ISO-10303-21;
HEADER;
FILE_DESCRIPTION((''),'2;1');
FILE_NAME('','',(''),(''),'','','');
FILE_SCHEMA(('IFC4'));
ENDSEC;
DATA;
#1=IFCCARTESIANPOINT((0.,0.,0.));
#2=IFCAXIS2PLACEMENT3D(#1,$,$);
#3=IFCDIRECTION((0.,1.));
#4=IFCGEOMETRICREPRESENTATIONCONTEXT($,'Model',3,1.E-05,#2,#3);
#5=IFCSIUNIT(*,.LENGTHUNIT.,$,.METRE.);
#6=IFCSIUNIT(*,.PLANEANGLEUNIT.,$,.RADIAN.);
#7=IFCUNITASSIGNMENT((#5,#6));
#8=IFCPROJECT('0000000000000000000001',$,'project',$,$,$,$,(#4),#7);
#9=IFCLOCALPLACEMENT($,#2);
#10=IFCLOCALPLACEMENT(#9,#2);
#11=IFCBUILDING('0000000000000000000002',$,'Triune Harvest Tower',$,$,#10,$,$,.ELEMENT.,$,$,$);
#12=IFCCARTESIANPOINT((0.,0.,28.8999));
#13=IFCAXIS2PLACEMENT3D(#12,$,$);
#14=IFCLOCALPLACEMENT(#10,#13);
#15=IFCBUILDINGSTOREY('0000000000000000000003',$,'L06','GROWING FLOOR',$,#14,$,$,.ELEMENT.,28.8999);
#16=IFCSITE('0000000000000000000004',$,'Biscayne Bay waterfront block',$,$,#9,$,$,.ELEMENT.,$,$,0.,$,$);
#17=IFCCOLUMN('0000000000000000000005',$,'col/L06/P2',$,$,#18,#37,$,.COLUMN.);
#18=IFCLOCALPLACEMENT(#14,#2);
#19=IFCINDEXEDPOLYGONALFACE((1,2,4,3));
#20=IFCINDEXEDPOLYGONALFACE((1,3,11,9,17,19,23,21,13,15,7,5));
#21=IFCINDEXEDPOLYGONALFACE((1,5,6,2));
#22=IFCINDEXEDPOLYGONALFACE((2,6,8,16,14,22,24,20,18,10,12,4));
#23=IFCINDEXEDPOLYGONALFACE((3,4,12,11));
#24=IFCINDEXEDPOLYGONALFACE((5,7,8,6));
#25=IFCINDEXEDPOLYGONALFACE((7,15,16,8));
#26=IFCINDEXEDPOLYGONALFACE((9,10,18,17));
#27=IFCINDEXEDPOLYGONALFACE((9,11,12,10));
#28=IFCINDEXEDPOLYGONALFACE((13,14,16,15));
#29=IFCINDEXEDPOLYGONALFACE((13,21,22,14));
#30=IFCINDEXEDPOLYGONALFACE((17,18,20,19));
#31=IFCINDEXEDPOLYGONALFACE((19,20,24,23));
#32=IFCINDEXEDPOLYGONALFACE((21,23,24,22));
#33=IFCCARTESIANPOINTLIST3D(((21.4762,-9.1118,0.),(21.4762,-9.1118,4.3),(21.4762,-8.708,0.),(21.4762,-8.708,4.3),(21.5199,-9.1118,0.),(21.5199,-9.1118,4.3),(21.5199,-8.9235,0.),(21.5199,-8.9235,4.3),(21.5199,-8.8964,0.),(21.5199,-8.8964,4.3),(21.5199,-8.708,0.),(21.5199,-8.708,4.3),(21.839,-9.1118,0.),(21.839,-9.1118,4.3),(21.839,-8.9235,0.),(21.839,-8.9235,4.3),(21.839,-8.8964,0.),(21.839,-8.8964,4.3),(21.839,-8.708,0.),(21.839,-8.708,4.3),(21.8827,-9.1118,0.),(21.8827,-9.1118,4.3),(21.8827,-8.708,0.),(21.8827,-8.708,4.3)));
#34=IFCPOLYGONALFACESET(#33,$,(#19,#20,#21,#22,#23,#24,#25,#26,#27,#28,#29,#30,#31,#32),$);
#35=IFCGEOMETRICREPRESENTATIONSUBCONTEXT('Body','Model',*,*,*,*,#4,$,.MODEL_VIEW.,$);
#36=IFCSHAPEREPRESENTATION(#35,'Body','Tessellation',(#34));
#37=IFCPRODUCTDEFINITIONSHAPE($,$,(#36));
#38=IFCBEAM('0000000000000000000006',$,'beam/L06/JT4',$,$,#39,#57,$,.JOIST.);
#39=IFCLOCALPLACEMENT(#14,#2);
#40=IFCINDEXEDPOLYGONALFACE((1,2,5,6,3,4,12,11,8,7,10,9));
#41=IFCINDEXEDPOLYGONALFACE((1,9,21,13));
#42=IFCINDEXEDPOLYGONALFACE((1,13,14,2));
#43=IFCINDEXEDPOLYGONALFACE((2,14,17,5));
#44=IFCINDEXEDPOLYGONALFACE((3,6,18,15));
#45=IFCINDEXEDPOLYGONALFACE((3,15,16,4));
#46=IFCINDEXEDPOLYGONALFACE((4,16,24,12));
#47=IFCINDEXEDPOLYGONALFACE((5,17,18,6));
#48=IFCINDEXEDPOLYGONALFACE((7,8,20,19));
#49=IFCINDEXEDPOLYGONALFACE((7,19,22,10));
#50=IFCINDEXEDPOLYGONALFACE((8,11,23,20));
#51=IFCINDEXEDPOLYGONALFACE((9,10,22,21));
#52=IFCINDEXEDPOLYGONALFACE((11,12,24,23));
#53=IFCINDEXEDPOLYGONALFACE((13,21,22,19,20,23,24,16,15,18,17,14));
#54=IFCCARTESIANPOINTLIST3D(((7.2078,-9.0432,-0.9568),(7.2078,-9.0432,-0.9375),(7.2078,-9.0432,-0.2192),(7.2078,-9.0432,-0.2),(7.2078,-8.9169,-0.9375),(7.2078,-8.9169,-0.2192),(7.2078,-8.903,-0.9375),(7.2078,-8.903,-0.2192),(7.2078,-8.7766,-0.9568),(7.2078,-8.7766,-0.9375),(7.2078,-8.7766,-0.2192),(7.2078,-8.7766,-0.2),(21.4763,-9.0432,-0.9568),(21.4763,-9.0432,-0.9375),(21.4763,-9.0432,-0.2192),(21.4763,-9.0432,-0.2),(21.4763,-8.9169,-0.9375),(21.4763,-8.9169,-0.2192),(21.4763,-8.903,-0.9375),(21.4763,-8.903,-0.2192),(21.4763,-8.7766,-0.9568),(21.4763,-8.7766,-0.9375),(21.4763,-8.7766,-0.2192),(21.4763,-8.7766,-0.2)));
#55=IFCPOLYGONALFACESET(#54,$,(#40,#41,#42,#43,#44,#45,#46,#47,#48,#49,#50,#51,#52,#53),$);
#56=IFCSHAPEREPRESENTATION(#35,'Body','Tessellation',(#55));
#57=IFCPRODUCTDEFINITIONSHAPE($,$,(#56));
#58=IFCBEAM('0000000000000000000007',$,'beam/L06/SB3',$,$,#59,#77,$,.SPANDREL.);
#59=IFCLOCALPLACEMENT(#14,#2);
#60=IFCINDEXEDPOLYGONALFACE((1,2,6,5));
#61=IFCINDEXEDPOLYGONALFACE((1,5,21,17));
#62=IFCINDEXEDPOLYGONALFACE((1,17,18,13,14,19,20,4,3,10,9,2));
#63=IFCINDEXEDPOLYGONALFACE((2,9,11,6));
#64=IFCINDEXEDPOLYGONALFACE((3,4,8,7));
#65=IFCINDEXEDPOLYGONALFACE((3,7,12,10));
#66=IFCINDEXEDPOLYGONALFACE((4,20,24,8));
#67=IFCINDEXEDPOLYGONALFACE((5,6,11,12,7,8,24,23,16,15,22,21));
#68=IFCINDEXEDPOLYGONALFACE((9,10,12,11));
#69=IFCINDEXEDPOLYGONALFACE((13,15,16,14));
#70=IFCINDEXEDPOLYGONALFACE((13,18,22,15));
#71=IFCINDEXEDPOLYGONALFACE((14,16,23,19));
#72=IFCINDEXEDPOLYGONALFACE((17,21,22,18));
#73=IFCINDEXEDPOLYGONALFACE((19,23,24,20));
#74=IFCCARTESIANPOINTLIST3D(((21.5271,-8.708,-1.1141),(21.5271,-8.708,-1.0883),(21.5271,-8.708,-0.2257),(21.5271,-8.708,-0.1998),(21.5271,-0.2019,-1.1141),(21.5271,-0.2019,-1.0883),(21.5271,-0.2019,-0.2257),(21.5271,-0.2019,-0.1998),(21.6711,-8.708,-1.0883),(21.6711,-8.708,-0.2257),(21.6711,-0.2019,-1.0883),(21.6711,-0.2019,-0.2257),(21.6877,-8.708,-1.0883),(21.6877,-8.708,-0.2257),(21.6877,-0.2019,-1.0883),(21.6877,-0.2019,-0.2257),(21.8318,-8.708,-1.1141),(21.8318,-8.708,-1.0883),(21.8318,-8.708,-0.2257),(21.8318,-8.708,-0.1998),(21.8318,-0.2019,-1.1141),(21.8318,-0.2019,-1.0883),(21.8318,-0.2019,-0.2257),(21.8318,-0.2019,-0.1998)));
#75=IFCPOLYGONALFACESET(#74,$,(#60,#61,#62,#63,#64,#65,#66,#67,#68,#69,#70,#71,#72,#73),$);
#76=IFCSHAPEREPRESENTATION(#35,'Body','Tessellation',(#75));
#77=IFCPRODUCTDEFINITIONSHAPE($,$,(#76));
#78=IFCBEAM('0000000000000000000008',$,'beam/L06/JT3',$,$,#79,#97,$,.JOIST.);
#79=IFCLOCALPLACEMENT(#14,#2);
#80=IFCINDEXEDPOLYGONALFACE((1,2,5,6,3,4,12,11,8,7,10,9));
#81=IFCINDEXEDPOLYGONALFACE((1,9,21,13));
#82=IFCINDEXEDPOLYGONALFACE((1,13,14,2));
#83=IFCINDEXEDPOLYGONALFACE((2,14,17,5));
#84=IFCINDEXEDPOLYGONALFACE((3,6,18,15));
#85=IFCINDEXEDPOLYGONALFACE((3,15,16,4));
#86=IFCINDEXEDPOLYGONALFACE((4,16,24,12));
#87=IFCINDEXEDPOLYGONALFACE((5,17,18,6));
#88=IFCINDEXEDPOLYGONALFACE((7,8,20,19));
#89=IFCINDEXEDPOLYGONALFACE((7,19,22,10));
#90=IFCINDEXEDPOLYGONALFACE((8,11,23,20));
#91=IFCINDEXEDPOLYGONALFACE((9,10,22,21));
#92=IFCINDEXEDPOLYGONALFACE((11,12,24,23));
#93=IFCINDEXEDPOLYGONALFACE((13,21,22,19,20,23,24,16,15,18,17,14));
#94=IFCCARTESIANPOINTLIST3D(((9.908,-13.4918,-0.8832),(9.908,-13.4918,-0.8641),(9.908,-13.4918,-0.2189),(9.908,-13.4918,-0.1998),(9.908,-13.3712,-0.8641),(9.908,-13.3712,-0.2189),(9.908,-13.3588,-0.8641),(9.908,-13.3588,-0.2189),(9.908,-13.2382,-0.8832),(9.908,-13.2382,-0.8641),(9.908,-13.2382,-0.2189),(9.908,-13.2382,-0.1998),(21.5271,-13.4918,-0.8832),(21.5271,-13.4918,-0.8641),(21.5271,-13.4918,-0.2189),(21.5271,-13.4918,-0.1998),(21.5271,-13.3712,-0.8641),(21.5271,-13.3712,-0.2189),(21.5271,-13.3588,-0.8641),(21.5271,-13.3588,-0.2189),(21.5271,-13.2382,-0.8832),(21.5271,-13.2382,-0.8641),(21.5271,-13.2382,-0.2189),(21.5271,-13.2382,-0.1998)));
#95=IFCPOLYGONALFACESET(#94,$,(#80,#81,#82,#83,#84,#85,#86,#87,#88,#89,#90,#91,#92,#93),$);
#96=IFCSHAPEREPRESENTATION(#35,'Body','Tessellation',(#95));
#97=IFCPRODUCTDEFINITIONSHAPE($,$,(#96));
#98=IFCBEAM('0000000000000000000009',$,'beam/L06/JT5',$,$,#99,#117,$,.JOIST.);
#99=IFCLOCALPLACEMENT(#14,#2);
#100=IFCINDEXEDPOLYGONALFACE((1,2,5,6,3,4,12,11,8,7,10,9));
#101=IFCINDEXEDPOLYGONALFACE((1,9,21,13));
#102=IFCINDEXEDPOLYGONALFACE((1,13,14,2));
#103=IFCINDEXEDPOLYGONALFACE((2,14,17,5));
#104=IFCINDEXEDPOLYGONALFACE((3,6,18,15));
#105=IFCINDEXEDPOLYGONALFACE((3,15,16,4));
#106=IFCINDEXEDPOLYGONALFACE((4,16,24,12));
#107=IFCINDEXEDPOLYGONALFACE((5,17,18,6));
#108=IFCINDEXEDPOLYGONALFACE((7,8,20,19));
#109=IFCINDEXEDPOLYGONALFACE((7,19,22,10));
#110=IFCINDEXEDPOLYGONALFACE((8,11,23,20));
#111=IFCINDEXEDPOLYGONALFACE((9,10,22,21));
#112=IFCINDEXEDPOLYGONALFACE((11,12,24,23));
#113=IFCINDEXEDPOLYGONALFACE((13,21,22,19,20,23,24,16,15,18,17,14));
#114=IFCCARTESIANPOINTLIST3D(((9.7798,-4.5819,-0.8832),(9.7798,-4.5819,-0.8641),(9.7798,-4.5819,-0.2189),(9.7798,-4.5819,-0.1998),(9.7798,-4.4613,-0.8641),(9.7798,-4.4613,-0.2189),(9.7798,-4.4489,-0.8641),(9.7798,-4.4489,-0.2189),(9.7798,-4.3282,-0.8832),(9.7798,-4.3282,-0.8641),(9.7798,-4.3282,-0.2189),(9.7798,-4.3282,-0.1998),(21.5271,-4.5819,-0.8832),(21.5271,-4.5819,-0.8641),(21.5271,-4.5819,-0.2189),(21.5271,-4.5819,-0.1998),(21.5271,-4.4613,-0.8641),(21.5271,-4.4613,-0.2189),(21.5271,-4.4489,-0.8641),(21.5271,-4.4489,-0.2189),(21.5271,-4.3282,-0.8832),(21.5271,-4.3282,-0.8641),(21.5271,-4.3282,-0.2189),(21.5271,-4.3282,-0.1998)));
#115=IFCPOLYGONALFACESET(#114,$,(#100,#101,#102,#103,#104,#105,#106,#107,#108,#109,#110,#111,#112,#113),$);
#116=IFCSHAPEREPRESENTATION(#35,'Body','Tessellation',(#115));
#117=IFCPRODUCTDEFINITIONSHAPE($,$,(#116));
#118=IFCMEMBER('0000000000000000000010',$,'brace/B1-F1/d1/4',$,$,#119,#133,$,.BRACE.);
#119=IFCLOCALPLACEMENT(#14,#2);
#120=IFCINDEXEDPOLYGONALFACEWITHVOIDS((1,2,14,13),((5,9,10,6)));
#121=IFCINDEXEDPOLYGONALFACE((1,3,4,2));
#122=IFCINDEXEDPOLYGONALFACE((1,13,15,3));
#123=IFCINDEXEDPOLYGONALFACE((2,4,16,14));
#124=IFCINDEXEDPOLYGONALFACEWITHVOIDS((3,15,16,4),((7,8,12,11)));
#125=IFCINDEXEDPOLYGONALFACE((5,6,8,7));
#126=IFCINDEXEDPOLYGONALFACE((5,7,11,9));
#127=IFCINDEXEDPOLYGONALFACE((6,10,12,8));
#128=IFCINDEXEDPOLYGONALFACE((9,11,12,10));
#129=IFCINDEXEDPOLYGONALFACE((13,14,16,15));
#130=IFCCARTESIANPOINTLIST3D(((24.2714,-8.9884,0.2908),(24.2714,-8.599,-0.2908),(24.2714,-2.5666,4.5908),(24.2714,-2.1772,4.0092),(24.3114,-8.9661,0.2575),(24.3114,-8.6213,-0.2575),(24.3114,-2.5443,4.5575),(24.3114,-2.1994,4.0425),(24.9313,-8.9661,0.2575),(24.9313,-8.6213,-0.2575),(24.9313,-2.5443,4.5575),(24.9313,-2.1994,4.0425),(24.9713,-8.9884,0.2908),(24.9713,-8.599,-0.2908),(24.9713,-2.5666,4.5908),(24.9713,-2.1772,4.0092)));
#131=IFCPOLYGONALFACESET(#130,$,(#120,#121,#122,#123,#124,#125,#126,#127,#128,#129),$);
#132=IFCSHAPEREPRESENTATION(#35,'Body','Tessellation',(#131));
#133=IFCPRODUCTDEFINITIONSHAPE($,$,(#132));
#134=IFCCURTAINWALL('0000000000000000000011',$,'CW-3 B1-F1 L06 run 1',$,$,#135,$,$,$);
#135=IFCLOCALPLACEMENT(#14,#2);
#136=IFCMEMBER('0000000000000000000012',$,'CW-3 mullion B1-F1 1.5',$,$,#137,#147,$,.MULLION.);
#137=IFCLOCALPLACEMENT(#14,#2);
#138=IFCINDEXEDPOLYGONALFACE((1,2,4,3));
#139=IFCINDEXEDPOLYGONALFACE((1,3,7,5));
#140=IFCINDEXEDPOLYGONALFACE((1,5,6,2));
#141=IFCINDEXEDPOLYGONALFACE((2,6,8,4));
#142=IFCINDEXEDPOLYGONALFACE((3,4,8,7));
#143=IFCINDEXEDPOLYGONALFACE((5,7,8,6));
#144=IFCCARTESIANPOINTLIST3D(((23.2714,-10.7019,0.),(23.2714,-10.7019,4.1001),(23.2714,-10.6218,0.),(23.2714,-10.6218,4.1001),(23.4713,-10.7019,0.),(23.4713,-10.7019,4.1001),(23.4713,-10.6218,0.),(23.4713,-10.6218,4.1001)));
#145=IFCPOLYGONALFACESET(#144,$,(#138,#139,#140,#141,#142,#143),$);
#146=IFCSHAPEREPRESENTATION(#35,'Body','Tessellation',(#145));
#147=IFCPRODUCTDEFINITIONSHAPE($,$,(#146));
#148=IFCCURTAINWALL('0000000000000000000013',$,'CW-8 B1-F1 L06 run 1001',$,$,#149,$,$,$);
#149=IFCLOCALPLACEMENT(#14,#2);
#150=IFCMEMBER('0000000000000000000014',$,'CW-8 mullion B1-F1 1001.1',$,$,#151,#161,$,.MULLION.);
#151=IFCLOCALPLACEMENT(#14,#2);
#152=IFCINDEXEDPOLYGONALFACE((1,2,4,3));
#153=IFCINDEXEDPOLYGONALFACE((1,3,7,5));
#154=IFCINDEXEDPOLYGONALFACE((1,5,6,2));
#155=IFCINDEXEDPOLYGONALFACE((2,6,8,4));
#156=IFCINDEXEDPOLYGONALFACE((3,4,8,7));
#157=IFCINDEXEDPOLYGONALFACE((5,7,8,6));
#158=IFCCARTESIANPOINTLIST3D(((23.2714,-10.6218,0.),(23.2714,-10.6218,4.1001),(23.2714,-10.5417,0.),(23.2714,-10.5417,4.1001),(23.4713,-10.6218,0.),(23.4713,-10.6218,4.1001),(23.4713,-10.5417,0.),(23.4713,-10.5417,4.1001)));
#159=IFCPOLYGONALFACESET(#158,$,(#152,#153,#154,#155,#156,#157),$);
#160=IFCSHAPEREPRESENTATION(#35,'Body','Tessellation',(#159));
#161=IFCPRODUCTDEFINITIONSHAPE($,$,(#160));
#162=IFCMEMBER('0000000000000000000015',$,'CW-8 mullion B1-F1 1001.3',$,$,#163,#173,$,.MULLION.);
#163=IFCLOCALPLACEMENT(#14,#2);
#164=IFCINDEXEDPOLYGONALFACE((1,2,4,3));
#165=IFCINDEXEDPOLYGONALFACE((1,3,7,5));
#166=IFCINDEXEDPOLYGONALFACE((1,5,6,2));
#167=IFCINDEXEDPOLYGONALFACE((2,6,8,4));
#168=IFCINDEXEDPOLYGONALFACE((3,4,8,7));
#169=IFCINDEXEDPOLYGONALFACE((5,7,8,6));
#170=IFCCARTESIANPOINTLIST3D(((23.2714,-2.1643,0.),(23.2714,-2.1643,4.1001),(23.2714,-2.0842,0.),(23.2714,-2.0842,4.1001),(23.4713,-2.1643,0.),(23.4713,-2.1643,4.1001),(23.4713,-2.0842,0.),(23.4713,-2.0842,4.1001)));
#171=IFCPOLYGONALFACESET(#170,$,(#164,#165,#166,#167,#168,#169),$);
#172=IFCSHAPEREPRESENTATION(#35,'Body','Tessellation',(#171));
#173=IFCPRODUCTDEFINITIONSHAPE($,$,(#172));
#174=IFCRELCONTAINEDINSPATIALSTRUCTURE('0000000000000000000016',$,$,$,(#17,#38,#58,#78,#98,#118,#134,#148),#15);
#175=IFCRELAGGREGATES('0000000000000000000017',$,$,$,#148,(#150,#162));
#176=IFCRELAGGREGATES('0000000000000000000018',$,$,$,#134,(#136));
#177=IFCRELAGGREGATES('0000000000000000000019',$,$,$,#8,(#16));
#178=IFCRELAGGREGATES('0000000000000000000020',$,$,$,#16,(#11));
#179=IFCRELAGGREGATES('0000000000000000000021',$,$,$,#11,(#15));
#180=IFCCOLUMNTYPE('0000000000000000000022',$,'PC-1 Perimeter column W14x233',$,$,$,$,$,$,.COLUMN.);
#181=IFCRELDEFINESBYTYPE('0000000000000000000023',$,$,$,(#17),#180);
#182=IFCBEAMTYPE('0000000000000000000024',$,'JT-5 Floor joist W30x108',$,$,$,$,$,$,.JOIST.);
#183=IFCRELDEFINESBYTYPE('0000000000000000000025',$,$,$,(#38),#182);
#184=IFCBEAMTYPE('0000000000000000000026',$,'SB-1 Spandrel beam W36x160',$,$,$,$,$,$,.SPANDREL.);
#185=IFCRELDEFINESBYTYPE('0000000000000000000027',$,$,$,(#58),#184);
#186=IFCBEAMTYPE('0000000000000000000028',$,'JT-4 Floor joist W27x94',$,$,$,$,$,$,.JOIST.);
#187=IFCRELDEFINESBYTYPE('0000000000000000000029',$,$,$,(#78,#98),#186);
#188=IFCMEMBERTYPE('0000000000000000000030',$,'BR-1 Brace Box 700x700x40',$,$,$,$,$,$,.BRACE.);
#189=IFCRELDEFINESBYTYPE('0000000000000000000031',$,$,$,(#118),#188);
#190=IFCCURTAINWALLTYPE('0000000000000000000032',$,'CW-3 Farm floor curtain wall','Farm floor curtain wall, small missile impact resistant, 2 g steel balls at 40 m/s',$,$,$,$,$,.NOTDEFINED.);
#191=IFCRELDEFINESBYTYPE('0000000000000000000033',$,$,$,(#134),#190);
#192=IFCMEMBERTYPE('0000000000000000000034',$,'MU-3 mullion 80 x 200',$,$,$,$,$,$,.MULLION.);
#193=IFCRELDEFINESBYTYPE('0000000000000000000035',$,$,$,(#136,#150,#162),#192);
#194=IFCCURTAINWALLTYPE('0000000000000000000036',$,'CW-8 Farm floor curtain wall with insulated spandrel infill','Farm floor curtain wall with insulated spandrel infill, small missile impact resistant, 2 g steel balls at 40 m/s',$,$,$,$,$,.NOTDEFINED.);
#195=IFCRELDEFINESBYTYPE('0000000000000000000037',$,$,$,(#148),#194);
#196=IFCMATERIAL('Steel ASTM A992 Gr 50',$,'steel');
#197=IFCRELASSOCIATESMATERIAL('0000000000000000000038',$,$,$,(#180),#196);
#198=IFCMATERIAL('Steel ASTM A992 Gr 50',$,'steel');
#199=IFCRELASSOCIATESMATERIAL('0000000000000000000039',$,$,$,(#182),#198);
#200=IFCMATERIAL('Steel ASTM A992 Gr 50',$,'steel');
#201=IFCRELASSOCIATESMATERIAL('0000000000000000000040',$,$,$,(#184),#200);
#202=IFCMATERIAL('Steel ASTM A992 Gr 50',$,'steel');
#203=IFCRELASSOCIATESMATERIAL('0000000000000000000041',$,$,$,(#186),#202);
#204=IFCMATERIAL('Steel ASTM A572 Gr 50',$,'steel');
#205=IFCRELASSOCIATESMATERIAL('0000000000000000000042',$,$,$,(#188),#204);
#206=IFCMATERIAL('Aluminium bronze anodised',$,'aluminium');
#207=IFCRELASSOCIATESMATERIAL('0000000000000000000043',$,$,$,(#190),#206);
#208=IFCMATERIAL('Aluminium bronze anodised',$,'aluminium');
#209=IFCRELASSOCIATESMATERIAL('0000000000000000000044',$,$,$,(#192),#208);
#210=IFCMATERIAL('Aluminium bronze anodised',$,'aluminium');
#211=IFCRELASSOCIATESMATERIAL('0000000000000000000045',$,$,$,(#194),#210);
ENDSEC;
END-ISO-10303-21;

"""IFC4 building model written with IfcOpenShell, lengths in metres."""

from ifc_helpers import new_model, si_unit, direction, frame, origin, origin_2d, place, context, subcontext, project, spatial, rectangle, hollow_rectangle, i_section, extrude, source, transform, mapped, material, material_profile, profile_set, type_object, element, aggregate, save


model = new_model("IFC4")

# Units and contexts
model_context = context("Model", 3, precision=1e-05, world=origin(), true_north=direction((0.0, 1.0)))
body_context = subcontext(model_context, "Body", "Model", "MODEL_VIEW")
ifc_project = project(units=[si_unit("LENGTHUNIT", "METRE"), si_unit("PLANEANGLEUNIT", "RADIAN")], contexts=[model_context])

# Site, building, storey
site_placement = place(None, origin())
site = spatial("IfcSite", under=ifc_project, at=site_placement, Name="Biscayne Bay waterfront block", CompositionType="ELEMENT", RefElevation=0.0)
building_placement = place(site_placement, origin())
building = spatial("IfcBuilding", under=site, at=building_placement, Name="Triune Harvest Tower", CompositionType="ELEMENT")
storey_placement = place(building_placement, frame((0.0, 0.0, 28.8999)))
storey = spatial("IfcBuildingStorey", under=building, at=storey_placement, Name="L06", Description="GROWING FLOOR", CompositionType="ELEMENT", Elevation=28.8999)

# Column
ifc_material_1 = material(Name="Steel ASTM A992 Gr 50", Category="steel")
ifc_material_profile_1 = material_profile(ifc_material_1, i_section(OverallWidth=0.4038, OverallDepth=0.4065, WebThickness=0.0271, FlangeThickness=0.0437, at=origin_2d()), Name="W14x233")
ifc_profile_set_1 = profile_set([ifc_material_profile_1], Name="Steel ASTM A992 Gr 50")
column_type = type_object("IfcColumnType", Name="PC-1 Perimeter column W14x233", PredefinedType="COLUMN", material=ifc_profile_set_1)
shared_shape_1 = source(origin(), body_context, "Body", "SweptSolid", [
    extrude(i_section(OverallWidth=0.4038, OverallDepth=0.4065, WebThickness=0.0271, FlangeThickness=0.0437, at=origin_2d()), origin(), (0.0, 0.0, 1.0), 4.3),
])
column_placement = place(storey_placement, frame((21.6794, -8.9099, 0.0), z_axis=(0.0, 0.0, 1.0), x_axis=(0.0, 1.0, 0.0)))
element("IfcColumn", 1, at=column_placement, inside=storey, type_object=column_type, Name="col/L06/P2", PredefinedType="COLUMN", context=body_context, shape_type="MappedRepresentation", body=[
    mapped(shared_shape_1, transform((0.0, 0.0, 0.0), scale=1.0)),
])

# Beams
ifc_material_2 = material(Name="Steel ASTM A992 Gr 50", Category="steel")
ifc_material_profile_2 = material_profile(ifc_material_2, i_section(OverallWidth=0.2666, OverallDepth=0.7568, WebThickness=0.0139, FlangeThickness=0.0193, at=origin_2d()), Name="W30x108")
ifc_profile_set_2 = profile_set([ifc_material_profile_2], Name="Steel ASTM A992 Gr 50")
beam_type_1 = type_object("IfcBeamType", Name="JT-5 Floor joist W30x108", PredefinedType="JOIST", material=ifc_profile_set_2)
shared_shape_2 = source(origin(), body_context, "Body", "SweptSolid", [
    extrude(i_section(OverallWidth=0.2666, OverallDepth=0.7568, WebThickness=0.0139, FlangeThickness=0.0193, at=origin_2d()), origin(), (0.0, 0.0, 1.0), 14.2686),
])
beam_1_placement = place(storey_placement, frame((21.4763, -8.9099, -0.5784), z_axis=(-1.0, 0.0, 0.0), x_axis=(0.0, -1.0, 0.0)))
element("IfcBeam", 2, at=beam_1_placement, inside=storey, type_object=beam_type_1, Name="beam/L06/JT4", PredefinedType="JOIST", context=body_context, shape_type="MappedRepresentation", body=[
    mapped(shared_shape_2, transform((0.0, 0.0, 0.0), scale=1.0)),
])
ifc_material_3 = material(Name="Steel ASTM A992 Gr 50", Category="steel")
ifc_material_profile_3 = material_profile(ifc_material_3, i_section(OverallWidth=0.3047, OverallDepth=0.9143, WebThickness=0.0166, FlangeThickness=0.0259, at=origin_2d()), Name="W36x160")
ifc_profile_set_3 = profile_set([ifc_material_profile_3], Name="Steel ASTM A992 Gr 50")
beam_type_2 = type_object("IfcBeamType", Name="SB-1 Spandrel beam W36x160", PredefinedType="SPANDREL", material=ifc_profile_set_3)
shared_shape_3 = source(origin(), body_context, "Body", "SweptSolid", [
    extrude(i_section(OverallWidth=0.3047, OverallDepth=0.9143, WebThickness=0.0166, FlangeThickness=0.0259, at=origin_2d()), origin(), (0.0, 0.0, 1.0), 8.5061),
])
beam_2_placement = place(storey_placement, frame((21.6794, -8.708, -0.657), z_axis=(0.0, 1.0, 0.0), x_axis=(-1.0, 0.0, 0.0)))
element("IfcBeam", 3, at=beam_2_placement, inside=storey, type_object=beam_type_2, Name="beam/L06/SB3", PredefinedType="SPANDREL", context=body_context, shape_type="MappedRepresentation", body=[
    mapped(shared_shape_3, transform((0.0, 0.0, 0.0), scale=1.0)),
])
ifc_material_4 = material(Name="Steel ASTM A992 Gr 50", Category="steel")
ifc_material_profile_4 = material_profile(ifc_material_4, i_section(OverallWidth=0.2537, OverallDepth=0.6833, WebThickness=0.0125, FlangeThickness=0.019, at=origin_2d()), Name="W27x94")
ifc_profile_set_4 = profile_set([ifc_material_profile_4], Name="Steel ASTM A992 Gr 50")
beam_type_3 = type_object("IfcBeamType", Name="JT-4 Floor joist W27x94", PredefinedType="JOIST", material=ifc_profile_set_4)
shared_shape_4 = source(origin(), body_context, "Body", "SweptSolid", [
    extrude(i_section(OverallWidth=0.2537, OverallDepth=0.6833, WebThickness=0.0125, FlangeThickness=0.019, at=origin_2d()), origin(), (0.0, 0.0, 1.0), 11.6191),
])
beam_3_placement = place(storey_placement, frame((21.5271, -13.365, -0.5415), z_axis=(-1.0, 0.0, 0.0), x_axis=(0.0, -1.0, 0.0)))
element("IfcBeam", 4, at=beam_3_placement, inside=storey, type_object=beam_type_3, Name="beam/L06/JT3", PredefinedType="JOIST", context=body_context, shape_type="MappedRepresentation", body=[
    mapped(shared_shape_4, transform((0.0, 0.0, 0.0), scale=1.0)),
])
shared_shape_5 = source(origin(), body_context, "Body", "SweptSolid", [
    extrude(i_section(OverallWidth=0.2537, OverallDepth=0.6833, WebThickness=0.0125, FlangeThickness=0.019, at=origin_2d()), origin(), (0.0, 0.0, 1.0), 11.7473),
])
beam_4_placement = place(storey_placement, frame((21.5271, -4.4551, -0.5415), z_axis=(-1.0, 0.0, 0.0), x_axis=(0.0, -1.0, 0.0)))
element("IfcBeam", 5, at=beam_4_placement, inside=storey, type_object=beam_type_3, Name="beam/L06/JT5", PredefinedType="JOIST", context=body_context, shape_type="MappedRepresentation", body=[
    mapped(shared_shape_5, transform((0.0, 0.0, 0.0), scale=1.0)),
])

# Member
ifc_material_5 = material(Name="Steel ASTM A572 Gr 50", Category="steel")
ifc_material_profile_5 = material_profile(ifc_material_5, hollow_rectangle(XDim=0.7, YDim=0.7, WallThickness=0.04, at=origin_2d()), Name="Box 700x700x40")
ifc_profile_set_5 = profile_set([ifc_material_profile_5], Name="Steel ASTM A572 Gr 50")
member_type_1 = type_object("IfcMemberType", Name="BR-1 Brace Box 700x700x40", PredefinedType="BRACE", material=ifc_profile_set_5)
shared_shape_6 = source(origin(), body_context, "Body", "SweptSolid", [
    extrude(hollow_rectangle(XDim=0.7, YDim=0.7, WallThickness=0.04, at=origin_2d()), origin(), (0.0, 0.0, 1.0), 7.7285),
])
member_1_placement = place(storey_placement, frame((24.6213, -8.7937, 0.0), z_axis=(0.0, 0.830926, 0.556383), x_axis=(-1.0, 0.0, 0.0)))
element("IfcMember", 6, at=member_1_placement, inside=storey, type_object=member_type_1, Name="brace/B1-F1/d1/4", PredefinedType="BRACE", context=body_context, shape_type="MappedRepresentation", body=[
    mapped(shared_shape_6, transform((0.0, 0.0, 0.0), scale=1.0)),
])

# Curtain wall, member
ifc_material_6 = material(Name="Aluminium bronze anodised", Category="aluminium")
curtain_wall_type_1 = type_object("IfcCurtainWallType", Name="CW-3 Farm floor curtain wall", Description="Farm floor curtain wall, small missile impact resistant, 2 g steel balls at 40 m/s", PredefinedType="NOTDEFINED", material=ifc_material_6)
curtain_wall_1_placement = place(storey_placement, origin())
curtain_wall_1 = element("IfcCurtainWall", 7, at=curtain_wall_1_placement, inside=storey, type_object=curtain_wall_type_1, Name="CW-3 B1-F1 L06 run 1")
ifc_material_7 = material(Name="Aluminium bronze anodised", Category="aluminium")
ifc_material_profile_6 = material_profile(ifc_material_7, rectangle(XDim=0.2, YDim=0.0801, at=origin_2d()), Name="MU-3 mullion 80 x 200")
ifc_profile_set_6 = profile_set([ifc_material_profile_6], Name="Aluminium bronze anodised")
member_type_2 = type_object("IfcMemberType", Name="MU-3 mullion 80 x 200", PredefinedType="MULLION", material=ifc_profile_set_6)
shared_shape_7 = source(origin(), body_context, "Body", "SweptSolid", [
    extrude(rectangle(XDim=0.2, YDim=0.0801, at=origin_2d()), origin(), (0.0, 0.0, 1.0), 4.1001),
])
member_2_placement = place(storey_placement, frame((23.3713, -10.6619, 0.0), z_axis=(0.0, 0.0, 1.0), x_axis=(-1.0, 0.0, 0.0)))
member_2 = element("IfcMember", 8, at=member_2_placement, type_object=member_type_2, Name="CW-3 mullion B1-F1 1.5", PredefinedType="MULLION", context=body_context, shape_type="MappedRepresentation", body=[
    mapped(shared_shape_7, transform((0.0, 0.0, 0.0), scale=1.0)),
])

# Curtain wall, members
ifc_material_8 = material(Name="Aluminium bronze anodised", Category="aluminium")
curtain_wall_type_2 = type_object("IfcCurtainWallType", Name="CW-8 Farm floor curtain wall with insulated spandrel infill", Description="Farm floor curtain wall with insulated spandrel infill, small missile impact resistant, 2 g steel balls at 40 m/s", PredefinedType="NOTDEFINED", material=ifc_material_8)
curtain_wall_2_placement = place(storey_placement, origin())
curtain_wall_2 = element("IfcCurtainWall", 9, at=curtain_wall_2_placement, inside=storey, type_object=curtain_wall_type_2, Name="CW-8 B1-F1 L06 run 1001")
member_3_placement = place(storey_placement, frame((23.3713, -10.5818, 0.0), z_axis=(0.0, 0.0, 1.0), x_axis=(-1.0, 0.0, 0.0)))
member_3 = element("IfcMember", 10, at=member_3_placement, type_object=member_type_2, Name="CW-8 mullion B1-F1 1001.1", PredefinedType="MULLION", context=body_context, shape_type="MappedRepresentation", body=[
    mapped(shared_shape_7, transform((0.0, 0.0, 0.0), scale=1.0)),
])
member_4_placement = place(storey_placement, frame((23.3713, -2.1243, 0.0), z_axis=(0.0, 0.0, 1.0), x_axis=(-1.0, 0.0, 0.0)))
member_4 = element("IfcMember", 11, at=member_4_placement, type_object=member_type_2, Name="CW-8 mullion B1-F1 1001.3", PredefinedType="MULLION", context=body_context, shape_type="MappedRepresentation", body=[
    mapped(shared_shape_7, transform((0.0, 0.0, 0.0), scale=1.0)),
])
aggregate(curtain_wall_2, [member_3, member_4])

aggregate(curtain_wall_1, [member_2])

save(model, "model.ifc")
